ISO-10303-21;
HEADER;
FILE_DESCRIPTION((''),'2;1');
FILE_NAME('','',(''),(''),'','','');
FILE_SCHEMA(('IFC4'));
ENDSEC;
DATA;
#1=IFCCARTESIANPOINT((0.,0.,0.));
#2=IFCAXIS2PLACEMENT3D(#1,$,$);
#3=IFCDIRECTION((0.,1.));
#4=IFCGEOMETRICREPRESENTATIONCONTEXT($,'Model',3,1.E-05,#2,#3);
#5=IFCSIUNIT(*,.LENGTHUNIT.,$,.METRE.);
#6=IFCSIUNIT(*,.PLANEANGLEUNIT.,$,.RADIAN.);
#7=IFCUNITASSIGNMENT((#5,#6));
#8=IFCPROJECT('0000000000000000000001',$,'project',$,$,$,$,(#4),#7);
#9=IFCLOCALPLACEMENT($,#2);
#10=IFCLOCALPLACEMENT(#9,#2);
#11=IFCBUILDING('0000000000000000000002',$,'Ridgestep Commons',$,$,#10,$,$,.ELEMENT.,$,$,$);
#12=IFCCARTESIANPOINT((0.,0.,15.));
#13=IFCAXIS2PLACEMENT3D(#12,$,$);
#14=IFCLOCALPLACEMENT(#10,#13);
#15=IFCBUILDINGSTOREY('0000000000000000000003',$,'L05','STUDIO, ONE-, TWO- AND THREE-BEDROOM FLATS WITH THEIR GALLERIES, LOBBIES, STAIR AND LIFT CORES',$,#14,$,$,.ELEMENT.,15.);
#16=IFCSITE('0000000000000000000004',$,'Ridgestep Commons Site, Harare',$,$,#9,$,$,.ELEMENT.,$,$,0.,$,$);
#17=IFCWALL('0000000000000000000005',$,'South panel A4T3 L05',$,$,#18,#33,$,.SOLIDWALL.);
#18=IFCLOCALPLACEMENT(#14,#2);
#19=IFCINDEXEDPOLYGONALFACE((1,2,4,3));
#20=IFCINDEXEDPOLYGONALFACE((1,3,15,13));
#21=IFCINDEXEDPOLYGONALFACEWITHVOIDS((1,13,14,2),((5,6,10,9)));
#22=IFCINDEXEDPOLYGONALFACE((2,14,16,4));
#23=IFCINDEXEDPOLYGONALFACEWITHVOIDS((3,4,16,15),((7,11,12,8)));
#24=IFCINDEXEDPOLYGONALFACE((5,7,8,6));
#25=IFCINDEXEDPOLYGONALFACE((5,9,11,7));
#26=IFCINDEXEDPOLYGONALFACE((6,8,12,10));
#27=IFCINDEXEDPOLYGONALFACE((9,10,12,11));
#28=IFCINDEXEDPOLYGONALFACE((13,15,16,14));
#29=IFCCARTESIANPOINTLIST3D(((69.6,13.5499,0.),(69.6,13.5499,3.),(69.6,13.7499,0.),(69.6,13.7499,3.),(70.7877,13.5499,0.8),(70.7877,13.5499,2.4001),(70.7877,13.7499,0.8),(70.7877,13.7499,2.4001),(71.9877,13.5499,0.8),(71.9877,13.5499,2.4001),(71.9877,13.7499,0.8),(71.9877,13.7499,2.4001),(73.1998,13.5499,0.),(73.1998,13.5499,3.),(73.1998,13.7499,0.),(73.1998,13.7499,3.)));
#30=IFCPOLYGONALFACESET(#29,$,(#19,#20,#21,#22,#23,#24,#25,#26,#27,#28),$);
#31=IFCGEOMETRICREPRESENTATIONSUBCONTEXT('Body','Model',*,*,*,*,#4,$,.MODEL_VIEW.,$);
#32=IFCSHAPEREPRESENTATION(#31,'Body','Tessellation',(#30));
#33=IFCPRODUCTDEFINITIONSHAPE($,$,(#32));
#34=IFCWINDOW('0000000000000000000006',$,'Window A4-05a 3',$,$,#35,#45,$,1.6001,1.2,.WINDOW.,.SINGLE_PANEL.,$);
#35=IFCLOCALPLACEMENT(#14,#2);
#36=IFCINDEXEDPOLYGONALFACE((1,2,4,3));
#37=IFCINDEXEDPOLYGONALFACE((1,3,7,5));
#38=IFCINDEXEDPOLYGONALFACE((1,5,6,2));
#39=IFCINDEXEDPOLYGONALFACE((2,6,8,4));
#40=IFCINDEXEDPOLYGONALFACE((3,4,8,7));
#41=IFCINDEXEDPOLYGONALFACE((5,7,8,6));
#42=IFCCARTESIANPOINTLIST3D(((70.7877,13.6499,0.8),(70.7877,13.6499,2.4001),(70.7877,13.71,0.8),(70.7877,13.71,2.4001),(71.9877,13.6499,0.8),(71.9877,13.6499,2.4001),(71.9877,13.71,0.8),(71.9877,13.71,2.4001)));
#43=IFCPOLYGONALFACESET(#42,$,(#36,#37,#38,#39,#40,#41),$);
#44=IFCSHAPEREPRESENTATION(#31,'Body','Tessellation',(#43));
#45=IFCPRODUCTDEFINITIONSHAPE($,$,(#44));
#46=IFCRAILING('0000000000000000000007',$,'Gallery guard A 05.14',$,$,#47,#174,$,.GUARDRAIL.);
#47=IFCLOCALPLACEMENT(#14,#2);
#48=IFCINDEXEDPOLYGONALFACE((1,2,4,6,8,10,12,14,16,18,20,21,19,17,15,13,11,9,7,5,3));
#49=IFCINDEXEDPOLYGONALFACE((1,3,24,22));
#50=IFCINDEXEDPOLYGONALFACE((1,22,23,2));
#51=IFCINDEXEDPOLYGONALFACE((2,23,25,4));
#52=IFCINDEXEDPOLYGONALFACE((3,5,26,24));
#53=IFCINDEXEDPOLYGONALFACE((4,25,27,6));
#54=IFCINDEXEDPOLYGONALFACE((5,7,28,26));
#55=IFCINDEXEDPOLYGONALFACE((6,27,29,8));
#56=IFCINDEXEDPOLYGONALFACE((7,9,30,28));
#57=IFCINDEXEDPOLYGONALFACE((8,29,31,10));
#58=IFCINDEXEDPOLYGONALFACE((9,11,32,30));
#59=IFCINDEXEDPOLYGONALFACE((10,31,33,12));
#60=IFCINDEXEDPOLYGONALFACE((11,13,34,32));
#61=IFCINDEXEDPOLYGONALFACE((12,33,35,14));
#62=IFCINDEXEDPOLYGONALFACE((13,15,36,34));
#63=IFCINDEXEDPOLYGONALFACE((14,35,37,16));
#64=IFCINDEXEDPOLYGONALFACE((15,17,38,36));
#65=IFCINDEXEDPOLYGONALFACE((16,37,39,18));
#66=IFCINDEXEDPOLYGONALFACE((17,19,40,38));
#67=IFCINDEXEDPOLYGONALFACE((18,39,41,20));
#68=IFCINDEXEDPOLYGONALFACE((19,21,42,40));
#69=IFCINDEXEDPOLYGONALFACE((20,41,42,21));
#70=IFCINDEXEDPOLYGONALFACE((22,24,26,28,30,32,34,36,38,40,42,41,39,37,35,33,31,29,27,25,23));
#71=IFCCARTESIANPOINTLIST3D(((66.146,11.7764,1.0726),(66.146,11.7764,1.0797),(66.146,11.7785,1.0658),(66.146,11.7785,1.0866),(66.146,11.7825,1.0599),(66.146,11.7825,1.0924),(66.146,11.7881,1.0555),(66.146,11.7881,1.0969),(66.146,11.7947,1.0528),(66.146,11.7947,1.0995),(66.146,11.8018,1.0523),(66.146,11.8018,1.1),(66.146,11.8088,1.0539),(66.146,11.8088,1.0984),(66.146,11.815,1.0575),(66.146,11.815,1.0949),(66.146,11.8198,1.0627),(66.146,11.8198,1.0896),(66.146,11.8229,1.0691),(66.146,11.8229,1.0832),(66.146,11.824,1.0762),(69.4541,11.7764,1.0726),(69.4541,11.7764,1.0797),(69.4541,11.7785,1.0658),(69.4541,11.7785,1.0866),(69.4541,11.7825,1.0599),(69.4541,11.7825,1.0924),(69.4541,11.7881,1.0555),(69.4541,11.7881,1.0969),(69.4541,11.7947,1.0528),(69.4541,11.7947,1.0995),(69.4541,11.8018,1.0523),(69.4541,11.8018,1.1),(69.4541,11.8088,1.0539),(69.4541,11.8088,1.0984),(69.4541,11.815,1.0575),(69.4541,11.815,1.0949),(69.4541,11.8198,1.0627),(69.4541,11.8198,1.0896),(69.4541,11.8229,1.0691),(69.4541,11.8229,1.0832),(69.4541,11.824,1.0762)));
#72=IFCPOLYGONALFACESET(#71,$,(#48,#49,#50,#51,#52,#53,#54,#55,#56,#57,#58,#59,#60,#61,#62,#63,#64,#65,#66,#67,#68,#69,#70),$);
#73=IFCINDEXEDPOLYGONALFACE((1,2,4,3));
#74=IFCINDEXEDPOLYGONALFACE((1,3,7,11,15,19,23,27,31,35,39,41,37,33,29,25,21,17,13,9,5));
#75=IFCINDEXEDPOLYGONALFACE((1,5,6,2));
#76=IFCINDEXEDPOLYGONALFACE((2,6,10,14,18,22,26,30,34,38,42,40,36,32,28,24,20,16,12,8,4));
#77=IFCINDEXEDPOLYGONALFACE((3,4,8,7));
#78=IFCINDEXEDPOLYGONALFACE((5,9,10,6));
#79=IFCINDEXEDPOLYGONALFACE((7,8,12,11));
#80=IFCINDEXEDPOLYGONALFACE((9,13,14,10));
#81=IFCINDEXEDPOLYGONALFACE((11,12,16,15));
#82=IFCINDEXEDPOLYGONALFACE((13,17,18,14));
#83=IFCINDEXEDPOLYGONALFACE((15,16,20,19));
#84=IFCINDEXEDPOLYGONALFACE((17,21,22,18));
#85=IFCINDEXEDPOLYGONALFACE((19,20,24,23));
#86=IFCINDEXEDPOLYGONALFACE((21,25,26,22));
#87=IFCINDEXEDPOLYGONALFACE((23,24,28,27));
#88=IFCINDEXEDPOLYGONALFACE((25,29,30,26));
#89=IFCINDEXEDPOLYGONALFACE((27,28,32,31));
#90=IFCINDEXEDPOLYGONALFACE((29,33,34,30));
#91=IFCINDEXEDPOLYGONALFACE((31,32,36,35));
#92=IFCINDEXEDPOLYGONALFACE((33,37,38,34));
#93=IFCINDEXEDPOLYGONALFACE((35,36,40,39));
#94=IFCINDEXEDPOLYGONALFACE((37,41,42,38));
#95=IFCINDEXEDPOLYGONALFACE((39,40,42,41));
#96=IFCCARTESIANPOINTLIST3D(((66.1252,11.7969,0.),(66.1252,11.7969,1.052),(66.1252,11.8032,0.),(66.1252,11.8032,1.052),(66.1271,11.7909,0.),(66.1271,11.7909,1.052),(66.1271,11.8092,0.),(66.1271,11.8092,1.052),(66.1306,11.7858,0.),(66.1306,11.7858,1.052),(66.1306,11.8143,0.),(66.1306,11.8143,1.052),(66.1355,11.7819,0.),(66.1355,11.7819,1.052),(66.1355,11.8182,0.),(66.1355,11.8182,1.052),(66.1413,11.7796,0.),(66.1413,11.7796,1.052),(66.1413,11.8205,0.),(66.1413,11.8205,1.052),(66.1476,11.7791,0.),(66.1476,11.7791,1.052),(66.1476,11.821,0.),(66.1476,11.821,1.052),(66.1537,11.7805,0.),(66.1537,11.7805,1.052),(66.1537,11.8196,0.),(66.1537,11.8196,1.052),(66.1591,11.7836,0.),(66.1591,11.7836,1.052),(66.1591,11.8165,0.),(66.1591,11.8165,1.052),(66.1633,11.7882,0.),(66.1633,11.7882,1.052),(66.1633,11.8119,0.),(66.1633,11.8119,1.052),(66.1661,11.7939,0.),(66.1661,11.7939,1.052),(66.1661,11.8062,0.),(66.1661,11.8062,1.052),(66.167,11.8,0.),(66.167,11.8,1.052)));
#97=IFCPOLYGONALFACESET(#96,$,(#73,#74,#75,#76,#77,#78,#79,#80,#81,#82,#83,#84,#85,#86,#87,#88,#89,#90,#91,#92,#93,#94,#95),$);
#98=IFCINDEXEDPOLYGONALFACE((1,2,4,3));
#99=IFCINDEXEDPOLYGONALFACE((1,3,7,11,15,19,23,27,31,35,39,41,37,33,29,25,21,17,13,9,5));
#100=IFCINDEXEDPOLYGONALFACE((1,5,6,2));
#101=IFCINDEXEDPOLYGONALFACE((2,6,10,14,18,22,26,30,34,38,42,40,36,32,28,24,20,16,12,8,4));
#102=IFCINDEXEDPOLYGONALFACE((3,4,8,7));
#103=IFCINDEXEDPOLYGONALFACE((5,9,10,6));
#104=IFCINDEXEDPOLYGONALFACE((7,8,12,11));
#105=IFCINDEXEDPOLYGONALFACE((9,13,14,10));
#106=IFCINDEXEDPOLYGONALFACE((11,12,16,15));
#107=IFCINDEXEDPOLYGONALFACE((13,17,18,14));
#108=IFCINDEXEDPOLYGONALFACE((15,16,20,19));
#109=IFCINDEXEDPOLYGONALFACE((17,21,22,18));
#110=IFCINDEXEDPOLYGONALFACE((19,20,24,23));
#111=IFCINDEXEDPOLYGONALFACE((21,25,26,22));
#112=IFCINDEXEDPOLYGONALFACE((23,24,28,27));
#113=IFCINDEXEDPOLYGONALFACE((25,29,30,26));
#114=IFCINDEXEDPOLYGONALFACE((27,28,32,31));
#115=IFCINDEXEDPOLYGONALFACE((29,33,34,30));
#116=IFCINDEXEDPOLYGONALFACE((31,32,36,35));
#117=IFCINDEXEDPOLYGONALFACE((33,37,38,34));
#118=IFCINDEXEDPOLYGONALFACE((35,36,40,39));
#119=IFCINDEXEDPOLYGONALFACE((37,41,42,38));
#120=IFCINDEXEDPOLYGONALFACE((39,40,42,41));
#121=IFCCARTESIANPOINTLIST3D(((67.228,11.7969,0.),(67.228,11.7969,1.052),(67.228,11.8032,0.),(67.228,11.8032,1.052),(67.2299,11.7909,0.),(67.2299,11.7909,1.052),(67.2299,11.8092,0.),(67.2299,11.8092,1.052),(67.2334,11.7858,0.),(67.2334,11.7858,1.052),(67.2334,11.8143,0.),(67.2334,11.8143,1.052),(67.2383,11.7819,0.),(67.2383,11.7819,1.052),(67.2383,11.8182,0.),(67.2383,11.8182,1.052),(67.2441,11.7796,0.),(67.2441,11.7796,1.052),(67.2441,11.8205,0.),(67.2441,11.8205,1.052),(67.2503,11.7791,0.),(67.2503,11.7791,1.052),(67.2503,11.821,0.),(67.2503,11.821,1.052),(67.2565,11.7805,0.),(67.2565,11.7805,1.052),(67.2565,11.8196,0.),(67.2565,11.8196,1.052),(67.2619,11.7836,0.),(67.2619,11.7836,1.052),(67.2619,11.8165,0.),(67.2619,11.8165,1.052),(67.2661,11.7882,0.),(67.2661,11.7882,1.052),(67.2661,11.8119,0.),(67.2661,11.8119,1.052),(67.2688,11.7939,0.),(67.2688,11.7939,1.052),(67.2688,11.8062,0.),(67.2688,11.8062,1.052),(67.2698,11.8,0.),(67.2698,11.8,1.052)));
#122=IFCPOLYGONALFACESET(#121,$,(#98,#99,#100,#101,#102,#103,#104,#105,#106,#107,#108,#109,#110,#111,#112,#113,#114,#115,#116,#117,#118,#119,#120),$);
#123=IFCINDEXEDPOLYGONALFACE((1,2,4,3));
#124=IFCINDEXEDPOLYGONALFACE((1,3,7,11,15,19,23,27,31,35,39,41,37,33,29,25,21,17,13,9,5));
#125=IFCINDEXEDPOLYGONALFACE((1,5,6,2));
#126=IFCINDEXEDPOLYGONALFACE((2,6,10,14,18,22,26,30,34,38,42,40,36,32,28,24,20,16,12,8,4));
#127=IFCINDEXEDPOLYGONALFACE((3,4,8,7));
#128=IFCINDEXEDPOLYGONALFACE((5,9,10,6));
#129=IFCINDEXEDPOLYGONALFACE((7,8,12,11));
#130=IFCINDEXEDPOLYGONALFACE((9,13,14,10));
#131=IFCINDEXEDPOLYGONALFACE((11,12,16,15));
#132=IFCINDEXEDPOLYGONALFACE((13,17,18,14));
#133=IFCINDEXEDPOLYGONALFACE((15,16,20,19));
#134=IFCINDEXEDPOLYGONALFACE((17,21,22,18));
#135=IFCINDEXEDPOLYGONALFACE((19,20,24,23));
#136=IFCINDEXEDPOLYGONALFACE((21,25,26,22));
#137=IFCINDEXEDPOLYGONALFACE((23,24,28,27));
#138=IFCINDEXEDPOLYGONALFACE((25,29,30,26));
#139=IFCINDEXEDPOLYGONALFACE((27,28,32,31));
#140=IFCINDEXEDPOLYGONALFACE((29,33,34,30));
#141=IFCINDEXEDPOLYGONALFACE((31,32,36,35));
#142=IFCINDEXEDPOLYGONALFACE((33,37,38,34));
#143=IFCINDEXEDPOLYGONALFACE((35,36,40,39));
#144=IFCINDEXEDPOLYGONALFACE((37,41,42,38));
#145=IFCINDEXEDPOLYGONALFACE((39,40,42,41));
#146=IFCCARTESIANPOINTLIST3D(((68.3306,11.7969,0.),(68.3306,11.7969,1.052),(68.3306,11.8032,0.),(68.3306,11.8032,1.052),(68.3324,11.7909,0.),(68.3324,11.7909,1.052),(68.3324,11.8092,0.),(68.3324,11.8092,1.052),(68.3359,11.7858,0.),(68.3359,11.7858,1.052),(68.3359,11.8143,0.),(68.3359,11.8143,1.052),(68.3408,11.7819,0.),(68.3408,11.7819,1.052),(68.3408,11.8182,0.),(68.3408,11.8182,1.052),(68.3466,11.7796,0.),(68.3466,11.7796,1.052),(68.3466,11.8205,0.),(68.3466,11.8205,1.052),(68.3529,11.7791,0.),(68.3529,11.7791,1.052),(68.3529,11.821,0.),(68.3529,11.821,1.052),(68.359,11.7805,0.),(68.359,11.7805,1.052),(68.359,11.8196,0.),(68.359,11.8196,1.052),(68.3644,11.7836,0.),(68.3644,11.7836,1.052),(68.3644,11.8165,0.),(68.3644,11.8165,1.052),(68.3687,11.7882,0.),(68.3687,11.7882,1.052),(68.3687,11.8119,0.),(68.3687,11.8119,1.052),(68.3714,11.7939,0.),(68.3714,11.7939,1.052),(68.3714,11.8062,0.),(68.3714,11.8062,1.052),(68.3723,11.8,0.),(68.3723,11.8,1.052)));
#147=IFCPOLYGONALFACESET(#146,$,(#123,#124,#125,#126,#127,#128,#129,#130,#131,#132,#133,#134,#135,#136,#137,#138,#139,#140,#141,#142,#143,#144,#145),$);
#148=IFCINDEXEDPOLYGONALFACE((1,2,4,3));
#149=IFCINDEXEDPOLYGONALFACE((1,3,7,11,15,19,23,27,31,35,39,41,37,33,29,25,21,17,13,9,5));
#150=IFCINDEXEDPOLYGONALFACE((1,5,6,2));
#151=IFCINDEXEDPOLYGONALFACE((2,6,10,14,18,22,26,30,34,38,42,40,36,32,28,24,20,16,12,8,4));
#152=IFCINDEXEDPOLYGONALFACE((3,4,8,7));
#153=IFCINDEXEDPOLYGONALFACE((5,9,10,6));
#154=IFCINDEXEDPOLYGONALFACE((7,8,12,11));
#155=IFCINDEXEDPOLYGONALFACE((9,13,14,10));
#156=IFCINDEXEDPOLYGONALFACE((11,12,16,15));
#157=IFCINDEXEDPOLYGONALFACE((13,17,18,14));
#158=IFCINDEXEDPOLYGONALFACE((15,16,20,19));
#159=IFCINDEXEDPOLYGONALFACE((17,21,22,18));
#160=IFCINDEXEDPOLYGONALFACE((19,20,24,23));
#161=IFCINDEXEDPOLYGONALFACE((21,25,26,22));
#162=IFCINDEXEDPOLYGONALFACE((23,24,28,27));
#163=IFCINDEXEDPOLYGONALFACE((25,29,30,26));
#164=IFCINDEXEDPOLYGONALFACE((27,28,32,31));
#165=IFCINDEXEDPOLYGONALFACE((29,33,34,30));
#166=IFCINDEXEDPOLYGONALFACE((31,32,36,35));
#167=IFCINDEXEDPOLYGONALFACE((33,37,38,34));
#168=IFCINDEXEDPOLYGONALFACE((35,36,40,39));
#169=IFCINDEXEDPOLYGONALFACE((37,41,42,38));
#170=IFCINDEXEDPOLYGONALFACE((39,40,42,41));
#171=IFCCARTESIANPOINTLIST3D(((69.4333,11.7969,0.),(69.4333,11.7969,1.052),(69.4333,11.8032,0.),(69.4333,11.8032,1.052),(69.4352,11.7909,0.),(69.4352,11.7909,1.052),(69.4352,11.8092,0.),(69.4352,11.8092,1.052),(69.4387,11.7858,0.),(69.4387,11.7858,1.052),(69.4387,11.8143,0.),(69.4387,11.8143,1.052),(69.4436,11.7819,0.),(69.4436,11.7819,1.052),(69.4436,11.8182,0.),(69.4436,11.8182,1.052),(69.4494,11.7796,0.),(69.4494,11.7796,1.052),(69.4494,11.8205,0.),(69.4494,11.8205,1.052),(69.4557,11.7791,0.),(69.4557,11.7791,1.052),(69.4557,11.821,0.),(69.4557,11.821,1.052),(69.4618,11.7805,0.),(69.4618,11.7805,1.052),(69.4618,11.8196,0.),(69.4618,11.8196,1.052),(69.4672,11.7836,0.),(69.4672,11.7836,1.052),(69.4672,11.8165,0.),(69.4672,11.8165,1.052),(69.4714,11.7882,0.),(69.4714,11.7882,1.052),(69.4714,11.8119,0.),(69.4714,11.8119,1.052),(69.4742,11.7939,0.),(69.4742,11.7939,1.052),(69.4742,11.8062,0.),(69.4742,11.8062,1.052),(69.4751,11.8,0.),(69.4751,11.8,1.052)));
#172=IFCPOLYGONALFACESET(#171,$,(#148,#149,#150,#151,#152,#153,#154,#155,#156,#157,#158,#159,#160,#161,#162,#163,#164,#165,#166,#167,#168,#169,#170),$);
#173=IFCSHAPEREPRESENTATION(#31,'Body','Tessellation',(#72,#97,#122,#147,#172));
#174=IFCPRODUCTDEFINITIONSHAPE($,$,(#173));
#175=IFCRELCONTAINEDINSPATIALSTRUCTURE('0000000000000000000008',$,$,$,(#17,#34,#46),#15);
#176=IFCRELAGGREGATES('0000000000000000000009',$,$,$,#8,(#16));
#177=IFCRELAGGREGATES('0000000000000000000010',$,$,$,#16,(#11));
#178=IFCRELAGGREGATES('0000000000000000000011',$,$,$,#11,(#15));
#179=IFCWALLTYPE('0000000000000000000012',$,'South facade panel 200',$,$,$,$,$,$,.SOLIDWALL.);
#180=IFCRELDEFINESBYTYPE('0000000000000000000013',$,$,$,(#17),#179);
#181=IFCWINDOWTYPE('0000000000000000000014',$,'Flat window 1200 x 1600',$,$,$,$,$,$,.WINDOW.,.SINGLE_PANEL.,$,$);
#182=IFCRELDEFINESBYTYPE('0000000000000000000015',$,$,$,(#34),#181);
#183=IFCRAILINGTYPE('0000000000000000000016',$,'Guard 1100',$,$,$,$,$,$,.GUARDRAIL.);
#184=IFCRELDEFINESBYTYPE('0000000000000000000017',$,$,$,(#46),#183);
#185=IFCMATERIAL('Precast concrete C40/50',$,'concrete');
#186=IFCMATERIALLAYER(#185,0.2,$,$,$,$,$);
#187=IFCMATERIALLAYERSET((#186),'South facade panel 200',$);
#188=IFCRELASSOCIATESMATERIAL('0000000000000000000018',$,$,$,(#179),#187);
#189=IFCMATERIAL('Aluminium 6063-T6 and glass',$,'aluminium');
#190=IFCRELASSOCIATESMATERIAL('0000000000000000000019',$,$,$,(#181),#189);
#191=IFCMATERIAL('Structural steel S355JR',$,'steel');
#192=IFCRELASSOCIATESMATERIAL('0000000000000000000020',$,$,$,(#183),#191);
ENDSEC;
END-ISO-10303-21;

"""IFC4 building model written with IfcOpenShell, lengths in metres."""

from ifc_helpers import new_model, si_unit, direction, frame, frame_2d, origin, origin_2d, place, context, subcontext, project, spatial, rectangle, circle, extrude, material, layer, layer_set, type_object, element, fill, save


model = new_model("IFC4")

# Units and contexts
model_context = context("Model", 3, precision=1e-05, world=origin(), true_north=direction((0.0, 1.0)))
body_context = subcontext(model_context, "Body", "Model", "MODEL_VIEW")
ifc_project = project(units=[si_unit("LENGTHUNIT", "METRE"), si_unit("PLANEANGLEUNIT", "RADIAN")], contexts=[model_context])

# Site, building, storey
site_placement = place(None, origin())
site = spatial("IfcSite", under=ifc_project, at=site_placement, Name="Ridgestep Commons Site, Harare", CompositionType="ELEMENT", RefElevation=0.0)
building_placement = place(site_placement, origin())
building = spatial("IfcBuilding", under=site, at=building_placement, Name="Ridgestep Commons", CompositionType="ELEMENT")
storey_placement = place(building_placement, frame((0.0, 0.0, 15.0)))
storey = spatial("IfcBuildingStorey", under=building, at=storey_placement, Name="L05", Description="STUDIO, ONE-, TWO- AND THREE-BEDROOM FLATS WITH THEIR GALLERIES, LOBBIES, STAIR AND LIFT CORES", CompositionType="ELEMENT", Elevation=15.0)

# Shared definitions
ifc_material_1 = material(Name="Precast concrete C40/50", Category="concrete")
ifc_layer_1 = layer(ifc_material_1, 0.2)
ifc_layer_set_1 = layer_set([ifc_layer_1], Name="South facade panel 200")
wall_type_1 = type_object("IfcWallType", Name="South facade panel 200", PredefinedType="SOLIDWALL", material=ifc_layer_set_1)

# Wall, opening, window
wall_1_placement = place(storey_placement, frame((69.6001, 13.6499, 0.0), z_axis=(0.0, 0.0, 1.0), x_axis=(1.0, 0.0, 0.0)))
wall_1 = element("IfcWall", 1, at=wall_1_placement, inside=storey, type_object=wall_type_1, Name="South panel A4T3 L05", PredefinedType="SOLIDWALL", context=body_context, shape_type="SweptSolid", body=[
    extrude(rectangle(XDim=3.5999, YDim=0.2, at=frame_2d((1.7998, 0.0))), origin(), (0.0, 0.0, 1.0), 3.0),
])
opening_1_placement = place(wall_1_placement, frame((1.1875, 0.0, 0.8)))
opening_1 = element("IfcOpeningElement", 2, at=opening_1_placement, cuts=wall_1, PredefinedType="OPENING", context=body_context, shape_type="SweptSolid", body=[
    extrude(rectangle(XDim=1.2, YDim=1.6001, at=frame_2d((0.6001, 0.8))), frame((0.0, 0.1099, 0.0), z_axis=(0.0, -1.0, 0.0), x_axis=(1.0, 0.0, 0.0)), (0.0, 0.0, 1.0), 0.22),
])
ifc_material_2 = material(Name="Aluminium 6063-T6 and glass", Category="aluminium")
window_type = type_object("IfcWindowType", Name="Flat window 1200 x 1600", PartitioningType="SINGLE_PANEL", PredefinedType="WINDOW", material=ifc_material_2)
window_placement = place(opening_1_placement, origin())
window = element("IfcWindow", 3, at=window_placement, inside=storey, type_object=window_type, Name="Window A4-05a 3", OverallHeight=1.6001, OverallWidth=1.2, PartitioningType="SINGLE_PANEL", PredefinedType="WINDOW", context=body_context, shape_type="SweptSolid", body=[
    extrude(rectangle(XDim=1.2, YDim=1.6001, at=frame_2d((0.6001, 0.8))), frame((0.0, 0.0601, 0.0), z_axis=(0.0, -1.0, 0.0), x_axis=(1.0, 0.0, 0.0)), (0.0, 0.0, 1.0), 0.0601),
])
fill(opening_1, window)

# Railing
ifc_material_3 = material(Name="Structural steel S355JR", Category="steel")
railing_type = type_object("IfcRailingType", Name="Guard 1100", PredefinedType="GUARDRAIL", material=ifc_material_3)
railing_1_placement = place(storey_placement, frame((66.146, 11.8, 0.0)))
element("IfcRailing", 4, at=railing_1_placement, inside=storey, type_object=railing_type, Name="Gallery guard A 05.14", PredefinedType="GUARDRAIL", context=body_context, shape_type="SweptSolid", body=[
    extrude(circle(Radius=0.0239, at=origin_2d()), frame((0.0, 0.0, 1.0762), z_axis=(1.0, 0.0, 0.0), x_axis=(0.0, 1.0, 0.0)), (0.0, 0.0, 1.0), 3.3081),
    extrude(circle(Radius=0.021, at=origin_2d()), origin(), (0.0, 0.0, 1.0), 1.052),
    extrude(circle(Radius=0.021, at=origin_2d()), frame((1.1028, 0.0, 0.0)), (0.0, 0.0, 1.0), 1.052),
    extrude(circle(Radius=0.021, at=origin_2d()), frame((2.2053, 0.0, 0.0)), (0.0, 0.0, 1.0), 1.052),
    extrude(circle(Radius=0.021, at=origin_2d()), frame((3.3081, 0.0, 0.0)), (0.0, 0.0, 1.0), 1.052),
])

save(model, "model.ifc")
